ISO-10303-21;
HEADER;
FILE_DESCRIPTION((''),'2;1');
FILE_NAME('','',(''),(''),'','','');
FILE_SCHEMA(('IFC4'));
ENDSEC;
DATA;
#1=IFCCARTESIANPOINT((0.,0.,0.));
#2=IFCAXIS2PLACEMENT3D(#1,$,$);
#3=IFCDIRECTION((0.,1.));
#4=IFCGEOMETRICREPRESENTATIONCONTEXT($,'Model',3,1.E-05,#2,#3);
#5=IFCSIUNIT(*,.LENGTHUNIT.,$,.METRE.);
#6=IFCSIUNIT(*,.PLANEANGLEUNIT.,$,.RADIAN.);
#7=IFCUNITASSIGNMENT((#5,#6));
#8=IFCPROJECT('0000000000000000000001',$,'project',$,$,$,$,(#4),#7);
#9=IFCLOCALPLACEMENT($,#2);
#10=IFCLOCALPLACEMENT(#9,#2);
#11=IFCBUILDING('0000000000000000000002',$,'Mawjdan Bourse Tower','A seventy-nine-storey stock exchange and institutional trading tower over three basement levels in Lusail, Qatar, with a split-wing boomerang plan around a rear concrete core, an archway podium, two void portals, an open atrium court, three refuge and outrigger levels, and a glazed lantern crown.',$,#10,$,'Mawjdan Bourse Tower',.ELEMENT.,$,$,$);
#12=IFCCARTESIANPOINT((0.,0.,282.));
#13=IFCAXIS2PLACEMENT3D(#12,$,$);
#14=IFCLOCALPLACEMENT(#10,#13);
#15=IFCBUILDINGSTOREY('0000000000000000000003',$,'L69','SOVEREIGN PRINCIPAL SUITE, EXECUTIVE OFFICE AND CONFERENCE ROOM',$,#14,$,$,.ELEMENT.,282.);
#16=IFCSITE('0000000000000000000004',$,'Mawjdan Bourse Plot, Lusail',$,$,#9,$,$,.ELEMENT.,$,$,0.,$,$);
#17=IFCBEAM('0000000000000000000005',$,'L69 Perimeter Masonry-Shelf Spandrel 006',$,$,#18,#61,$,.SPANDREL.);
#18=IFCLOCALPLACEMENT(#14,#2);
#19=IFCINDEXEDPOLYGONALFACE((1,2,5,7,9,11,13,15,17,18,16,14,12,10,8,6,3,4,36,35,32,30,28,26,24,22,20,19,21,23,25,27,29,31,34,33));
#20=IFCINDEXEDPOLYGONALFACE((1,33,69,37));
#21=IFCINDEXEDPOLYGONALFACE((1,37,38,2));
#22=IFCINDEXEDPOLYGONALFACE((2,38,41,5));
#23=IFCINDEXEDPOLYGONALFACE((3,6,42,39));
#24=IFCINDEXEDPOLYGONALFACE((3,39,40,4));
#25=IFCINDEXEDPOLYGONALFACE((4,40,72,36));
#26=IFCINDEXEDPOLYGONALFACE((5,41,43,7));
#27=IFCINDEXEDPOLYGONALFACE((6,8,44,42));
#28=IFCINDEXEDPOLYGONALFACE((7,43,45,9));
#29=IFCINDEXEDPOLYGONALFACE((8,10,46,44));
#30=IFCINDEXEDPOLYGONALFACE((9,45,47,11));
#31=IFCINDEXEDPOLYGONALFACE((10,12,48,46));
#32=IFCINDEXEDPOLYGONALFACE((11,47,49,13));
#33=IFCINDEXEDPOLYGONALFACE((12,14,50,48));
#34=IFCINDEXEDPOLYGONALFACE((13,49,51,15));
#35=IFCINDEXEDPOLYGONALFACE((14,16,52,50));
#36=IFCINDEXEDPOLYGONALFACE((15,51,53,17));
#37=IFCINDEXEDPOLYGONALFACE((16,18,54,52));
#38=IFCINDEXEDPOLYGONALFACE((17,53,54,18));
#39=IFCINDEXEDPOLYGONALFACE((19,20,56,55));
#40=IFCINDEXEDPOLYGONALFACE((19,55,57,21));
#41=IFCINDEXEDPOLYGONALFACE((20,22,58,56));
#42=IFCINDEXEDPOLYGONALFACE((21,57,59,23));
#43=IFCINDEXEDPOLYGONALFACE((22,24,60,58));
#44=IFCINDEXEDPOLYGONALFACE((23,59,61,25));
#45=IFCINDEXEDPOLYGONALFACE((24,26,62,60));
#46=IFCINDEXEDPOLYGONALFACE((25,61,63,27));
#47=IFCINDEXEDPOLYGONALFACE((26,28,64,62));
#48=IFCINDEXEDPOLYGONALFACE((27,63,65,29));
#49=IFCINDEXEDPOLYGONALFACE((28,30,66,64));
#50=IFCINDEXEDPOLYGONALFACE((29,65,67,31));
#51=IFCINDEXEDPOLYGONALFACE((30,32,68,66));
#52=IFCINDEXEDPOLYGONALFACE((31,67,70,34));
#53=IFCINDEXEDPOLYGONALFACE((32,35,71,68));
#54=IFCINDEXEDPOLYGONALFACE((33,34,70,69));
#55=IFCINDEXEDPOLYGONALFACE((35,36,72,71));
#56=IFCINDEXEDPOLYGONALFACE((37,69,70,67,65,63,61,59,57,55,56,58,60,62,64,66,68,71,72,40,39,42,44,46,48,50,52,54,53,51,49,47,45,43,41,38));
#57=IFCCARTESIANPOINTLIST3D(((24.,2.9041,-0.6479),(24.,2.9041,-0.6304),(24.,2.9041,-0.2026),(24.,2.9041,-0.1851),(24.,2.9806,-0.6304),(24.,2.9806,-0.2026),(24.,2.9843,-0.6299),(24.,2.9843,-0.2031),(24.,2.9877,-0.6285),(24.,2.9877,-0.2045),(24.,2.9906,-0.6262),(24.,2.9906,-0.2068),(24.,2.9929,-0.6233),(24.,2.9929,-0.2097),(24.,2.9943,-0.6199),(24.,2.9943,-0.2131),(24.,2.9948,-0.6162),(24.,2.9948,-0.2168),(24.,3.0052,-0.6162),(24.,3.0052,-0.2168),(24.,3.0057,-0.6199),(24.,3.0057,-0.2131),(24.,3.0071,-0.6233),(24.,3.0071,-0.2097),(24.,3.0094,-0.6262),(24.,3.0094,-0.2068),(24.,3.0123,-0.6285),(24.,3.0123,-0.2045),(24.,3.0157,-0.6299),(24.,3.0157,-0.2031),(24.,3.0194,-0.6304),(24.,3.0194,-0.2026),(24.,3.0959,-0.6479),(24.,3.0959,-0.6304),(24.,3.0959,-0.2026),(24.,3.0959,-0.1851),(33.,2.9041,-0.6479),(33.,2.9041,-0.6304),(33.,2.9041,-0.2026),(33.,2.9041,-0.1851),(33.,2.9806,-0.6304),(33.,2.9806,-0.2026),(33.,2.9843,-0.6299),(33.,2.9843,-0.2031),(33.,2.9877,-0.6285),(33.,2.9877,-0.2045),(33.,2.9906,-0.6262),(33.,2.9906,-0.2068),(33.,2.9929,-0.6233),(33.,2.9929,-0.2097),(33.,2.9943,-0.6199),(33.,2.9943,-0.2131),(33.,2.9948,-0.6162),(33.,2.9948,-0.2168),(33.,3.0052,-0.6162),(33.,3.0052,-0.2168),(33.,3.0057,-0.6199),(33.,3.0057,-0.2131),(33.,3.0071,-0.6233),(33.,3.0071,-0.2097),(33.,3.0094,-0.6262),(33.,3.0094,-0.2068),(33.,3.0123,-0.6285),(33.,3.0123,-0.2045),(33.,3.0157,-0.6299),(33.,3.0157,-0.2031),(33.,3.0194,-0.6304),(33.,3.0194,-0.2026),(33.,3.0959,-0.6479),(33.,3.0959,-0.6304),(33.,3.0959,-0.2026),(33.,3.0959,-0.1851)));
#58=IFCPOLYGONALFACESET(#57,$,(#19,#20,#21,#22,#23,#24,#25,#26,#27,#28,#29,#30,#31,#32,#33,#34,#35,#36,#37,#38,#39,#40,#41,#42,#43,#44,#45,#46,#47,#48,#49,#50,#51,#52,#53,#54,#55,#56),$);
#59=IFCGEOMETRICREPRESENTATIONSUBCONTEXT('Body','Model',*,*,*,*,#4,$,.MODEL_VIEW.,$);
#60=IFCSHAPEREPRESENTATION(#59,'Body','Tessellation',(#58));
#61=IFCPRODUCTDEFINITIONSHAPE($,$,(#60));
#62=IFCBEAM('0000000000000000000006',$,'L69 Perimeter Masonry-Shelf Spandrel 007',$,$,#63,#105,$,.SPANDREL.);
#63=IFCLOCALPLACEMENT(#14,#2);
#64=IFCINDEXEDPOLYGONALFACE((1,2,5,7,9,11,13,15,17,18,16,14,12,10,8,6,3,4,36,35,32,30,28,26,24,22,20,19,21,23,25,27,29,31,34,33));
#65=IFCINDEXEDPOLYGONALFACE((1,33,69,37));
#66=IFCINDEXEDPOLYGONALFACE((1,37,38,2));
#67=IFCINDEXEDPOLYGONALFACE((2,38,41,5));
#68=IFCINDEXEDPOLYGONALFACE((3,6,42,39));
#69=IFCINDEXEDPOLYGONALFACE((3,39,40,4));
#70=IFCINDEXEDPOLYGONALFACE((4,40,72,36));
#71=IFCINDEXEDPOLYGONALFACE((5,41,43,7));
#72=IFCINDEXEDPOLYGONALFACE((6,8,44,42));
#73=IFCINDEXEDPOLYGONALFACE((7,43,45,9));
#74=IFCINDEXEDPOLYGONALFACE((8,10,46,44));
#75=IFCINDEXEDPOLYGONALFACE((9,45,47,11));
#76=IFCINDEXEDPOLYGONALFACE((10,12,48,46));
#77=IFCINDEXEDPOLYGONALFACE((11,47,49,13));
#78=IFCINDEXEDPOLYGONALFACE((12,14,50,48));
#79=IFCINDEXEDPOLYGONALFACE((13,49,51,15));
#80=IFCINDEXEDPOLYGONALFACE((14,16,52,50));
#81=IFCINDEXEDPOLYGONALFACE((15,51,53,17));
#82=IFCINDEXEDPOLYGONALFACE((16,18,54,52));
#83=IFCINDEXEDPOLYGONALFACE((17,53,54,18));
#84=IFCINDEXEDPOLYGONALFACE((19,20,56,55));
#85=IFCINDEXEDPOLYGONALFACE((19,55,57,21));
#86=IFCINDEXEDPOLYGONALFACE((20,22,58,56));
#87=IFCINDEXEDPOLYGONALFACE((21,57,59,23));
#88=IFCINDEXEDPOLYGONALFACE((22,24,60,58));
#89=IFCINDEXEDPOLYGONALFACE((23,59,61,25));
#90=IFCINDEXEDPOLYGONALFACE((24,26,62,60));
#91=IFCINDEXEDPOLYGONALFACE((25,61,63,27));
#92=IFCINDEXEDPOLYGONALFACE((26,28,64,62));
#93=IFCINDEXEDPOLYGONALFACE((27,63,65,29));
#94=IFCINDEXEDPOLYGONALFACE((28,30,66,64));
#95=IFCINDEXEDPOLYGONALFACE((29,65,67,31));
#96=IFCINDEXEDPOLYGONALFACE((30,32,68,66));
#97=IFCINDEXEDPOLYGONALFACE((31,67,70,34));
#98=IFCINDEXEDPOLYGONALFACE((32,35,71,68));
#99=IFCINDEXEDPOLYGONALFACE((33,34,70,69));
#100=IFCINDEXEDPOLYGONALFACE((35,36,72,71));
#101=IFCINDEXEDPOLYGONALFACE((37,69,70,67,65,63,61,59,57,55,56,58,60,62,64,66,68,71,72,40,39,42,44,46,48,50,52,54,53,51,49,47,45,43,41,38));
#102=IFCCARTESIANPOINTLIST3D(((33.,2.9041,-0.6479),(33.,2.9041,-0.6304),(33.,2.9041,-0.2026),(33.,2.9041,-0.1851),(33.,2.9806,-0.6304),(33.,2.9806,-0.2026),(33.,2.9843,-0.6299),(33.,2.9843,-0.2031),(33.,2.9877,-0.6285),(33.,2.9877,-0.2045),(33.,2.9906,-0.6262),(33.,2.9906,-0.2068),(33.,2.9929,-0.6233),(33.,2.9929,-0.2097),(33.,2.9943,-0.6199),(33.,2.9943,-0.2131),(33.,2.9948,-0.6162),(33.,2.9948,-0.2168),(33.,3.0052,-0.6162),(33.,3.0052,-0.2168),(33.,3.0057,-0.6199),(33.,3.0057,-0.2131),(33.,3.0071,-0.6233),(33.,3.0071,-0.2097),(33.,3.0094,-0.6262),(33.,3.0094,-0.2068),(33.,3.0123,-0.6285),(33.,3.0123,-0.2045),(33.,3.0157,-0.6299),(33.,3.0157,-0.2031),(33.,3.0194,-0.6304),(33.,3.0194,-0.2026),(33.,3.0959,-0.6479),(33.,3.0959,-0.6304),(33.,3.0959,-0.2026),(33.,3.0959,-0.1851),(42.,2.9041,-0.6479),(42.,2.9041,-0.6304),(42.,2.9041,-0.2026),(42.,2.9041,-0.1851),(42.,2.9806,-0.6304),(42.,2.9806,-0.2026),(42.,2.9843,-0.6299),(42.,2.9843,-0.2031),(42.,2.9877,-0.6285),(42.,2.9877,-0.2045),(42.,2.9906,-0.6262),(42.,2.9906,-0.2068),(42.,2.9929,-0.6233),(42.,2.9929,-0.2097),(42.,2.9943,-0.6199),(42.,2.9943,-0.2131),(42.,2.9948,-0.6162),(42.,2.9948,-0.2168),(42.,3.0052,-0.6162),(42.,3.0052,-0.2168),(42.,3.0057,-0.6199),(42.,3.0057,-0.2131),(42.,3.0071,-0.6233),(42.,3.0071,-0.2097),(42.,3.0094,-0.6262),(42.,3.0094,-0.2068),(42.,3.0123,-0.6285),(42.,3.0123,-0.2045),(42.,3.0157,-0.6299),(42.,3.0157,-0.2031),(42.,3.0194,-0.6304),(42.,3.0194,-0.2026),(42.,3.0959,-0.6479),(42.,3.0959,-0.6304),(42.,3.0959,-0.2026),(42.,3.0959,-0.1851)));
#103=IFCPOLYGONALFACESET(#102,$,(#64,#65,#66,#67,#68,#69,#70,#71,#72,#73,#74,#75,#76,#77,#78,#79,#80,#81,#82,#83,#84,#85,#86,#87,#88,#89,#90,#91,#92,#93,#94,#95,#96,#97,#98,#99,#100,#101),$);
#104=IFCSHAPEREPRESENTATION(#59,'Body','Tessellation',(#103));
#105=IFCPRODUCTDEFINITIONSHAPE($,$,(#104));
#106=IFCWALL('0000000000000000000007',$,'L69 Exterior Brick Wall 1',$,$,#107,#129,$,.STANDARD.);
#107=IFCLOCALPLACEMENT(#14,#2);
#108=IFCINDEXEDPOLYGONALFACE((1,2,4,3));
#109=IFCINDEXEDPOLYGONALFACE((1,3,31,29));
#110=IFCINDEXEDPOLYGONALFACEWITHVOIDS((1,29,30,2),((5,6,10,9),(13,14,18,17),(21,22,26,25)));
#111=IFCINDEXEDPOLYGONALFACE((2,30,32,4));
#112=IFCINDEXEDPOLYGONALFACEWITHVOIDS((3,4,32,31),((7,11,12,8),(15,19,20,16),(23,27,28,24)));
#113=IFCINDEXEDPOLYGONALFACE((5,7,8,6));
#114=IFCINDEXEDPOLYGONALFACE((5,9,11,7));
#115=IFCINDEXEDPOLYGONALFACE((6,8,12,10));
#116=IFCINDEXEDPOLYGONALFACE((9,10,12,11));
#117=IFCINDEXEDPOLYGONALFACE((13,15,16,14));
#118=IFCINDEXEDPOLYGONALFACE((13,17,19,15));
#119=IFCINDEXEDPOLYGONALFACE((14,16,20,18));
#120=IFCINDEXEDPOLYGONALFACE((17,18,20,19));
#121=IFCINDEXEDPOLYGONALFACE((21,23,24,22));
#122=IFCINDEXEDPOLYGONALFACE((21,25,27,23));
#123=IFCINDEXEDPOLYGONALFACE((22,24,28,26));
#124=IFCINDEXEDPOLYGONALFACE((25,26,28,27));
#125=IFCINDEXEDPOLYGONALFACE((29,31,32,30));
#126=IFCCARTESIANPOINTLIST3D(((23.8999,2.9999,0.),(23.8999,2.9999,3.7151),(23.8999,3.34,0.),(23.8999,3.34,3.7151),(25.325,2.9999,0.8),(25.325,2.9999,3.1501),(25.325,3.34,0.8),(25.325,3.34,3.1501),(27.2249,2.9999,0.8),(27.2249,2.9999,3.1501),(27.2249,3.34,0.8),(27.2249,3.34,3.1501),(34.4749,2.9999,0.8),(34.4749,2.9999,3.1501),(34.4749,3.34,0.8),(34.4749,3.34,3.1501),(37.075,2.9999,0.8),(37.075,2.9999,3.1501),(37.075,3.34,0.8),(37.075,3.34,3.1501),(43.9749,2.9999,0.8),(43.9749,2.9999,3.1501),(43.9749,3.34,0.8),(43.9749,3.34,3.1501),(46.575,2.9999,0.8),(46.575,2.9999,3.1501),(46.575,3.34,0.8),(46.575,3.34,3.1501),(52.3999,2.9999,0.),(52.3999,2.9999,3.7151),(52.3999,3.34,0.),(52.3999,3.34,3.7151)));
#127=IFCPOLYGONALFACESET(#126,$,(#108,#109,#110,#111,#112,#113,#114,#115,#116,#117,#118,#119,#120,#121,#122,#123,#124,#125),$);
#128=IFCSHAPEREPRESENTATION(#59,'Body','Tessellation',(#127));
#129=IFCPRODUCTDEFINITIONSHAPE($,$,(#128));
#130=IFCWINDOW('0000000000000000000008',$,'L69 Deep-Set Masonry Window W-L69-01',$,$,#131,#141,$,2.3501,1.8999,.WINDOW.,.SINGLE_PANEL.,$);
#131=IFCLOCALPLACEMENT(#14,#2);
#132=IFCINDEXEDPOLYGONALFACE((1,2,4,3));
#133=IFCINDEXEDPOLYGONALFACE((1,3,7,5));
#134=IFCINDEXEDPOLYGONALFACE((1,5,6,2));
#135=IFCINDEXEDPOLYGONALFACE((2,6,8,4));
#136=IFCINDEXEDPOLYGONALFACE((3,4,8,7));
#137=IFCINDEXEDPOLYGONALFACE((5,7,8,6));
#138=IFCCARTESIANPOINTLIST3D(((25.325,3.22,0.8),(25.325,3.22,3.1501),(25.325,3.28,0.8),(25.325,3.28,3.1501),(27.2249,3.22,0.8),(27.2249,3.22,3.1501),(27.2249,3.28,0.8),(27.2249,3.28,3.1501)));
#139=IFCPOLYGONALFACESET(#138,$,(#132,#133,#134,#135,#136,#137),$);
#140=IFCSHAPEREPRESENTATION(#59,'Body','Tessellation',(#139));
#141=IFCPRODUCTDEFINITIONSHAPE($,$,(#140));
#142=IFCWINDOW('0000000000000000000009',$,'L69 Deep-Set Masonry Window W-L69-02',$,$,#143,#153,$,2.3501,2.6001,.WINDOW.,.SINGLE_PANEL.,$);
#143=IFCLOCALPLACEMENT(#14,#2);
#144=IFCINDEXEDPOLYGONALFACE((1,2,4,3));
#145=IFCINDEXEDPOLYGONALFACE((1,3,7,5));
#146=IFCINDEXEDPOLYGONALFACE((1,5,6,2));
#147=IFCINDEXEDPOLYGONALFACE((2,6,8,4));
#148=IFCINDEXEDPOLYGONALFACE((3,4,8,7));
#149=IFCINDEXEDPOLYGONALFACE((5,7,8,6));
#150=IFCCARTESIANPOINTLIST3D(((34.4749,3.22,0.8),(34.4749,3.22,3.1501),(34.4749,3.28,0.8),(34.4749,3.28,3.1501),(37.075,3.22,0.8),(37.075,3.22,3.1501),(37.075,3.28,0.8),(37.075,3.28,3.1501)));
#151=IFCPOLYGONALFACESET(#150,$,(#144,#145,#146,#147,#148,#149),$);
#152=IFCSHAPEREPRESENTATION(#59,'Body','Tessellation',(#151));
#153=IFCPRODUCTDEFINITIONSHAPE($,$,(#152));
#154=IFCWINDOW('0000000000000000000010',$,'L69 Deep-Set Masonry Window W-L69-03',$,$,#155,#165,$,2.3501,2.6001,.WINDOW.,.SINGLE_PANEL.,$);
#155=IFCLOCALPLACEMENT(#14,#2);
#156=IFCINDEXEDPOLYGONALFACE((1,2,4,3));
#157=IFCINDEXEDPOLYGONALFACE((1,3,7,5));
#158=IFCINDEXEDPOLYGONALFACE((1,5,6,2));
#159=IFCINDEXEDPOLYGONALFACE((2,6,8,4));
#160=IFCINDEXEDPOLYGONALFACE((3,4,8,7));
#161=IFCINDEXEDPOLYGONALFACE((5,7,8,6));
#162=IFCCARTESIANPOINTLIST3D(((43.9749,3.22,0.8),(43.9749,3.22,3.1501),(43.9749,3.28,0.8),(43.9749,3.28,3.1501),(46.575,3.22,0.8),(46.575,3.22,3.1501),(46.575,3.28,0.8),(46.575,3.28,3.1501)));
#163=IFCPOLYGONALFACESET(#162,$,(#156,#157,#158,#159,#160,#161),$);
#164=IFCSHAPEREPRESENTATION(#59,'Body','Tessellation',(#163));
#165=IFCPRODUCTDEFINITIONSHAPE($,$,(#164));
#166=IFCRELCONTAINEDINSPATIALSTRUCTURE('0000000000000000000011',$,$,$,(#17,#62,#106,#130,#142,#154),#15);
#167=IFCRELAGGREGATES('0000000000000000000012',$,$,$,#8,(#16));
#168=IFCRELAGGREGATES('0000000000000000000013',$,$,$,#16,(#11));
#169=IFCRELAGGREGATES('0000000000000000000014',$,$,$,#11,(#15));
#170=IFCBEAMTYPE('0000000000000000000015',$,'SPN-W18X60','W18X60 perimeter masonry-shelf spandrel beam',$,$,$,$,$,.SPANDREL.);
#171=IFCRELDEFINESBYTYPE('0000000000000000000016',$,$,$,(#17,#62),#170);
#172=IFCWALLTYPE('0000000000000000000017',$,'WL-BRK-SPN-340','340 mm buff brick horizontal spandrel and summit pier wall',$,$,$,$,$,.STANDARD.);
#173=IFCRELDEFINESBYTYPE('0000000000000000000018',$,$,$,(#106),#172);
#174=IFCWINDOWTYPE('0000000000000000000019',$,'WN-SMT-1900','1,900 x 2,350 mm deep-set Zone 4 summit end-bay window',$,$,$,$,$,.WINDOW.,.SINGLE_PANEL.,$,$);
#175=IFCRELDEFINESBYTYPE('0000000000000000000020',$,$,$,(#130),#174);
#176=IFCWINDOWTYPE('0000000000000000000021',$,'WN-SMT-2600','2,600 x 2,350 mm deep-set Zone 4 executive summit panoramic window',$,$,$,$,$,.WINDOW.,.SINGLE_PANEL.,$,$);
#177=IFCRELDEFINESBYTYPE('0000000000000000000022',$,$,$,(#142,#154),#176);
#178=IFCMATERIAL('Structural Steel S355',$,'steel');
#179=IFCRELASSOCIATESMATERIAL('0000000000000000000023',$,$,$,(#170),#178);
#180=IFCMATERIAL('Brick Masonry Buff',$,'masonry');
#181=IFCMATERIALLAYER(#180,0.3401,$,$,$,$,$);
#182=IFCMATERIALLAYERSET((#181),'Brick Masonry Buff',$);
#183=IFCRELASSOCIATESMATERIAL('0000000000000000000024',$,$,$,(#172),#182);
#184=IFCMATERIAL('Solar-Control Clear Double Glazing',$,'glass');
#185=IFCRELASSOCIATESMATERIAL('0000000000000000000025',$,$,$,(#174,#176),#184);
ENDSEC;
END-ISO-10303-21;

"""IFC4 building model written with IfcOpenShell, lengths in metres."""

from ifc_helpers import new_model, si_unit, direction, frame, frame_2d, origin, origin_2d, place, context, subcontext, project, spatial, rectangle, i_section, extrude, material, layer, layer_set, material_profile, profile_set, type_object, element, fill, save


model = new_model("IFC4")

# Units and contexts
model_context = context("Model", 3, precision=1e-05, world=origin(), true_north=direction((0.0, 1.0)))
body_context = subcontext(model_context, "Body", "Model", "MODEL_VIEW")
ifc_project = project(units=[si_unit("LENGTHUNIT", "METRE"), si_unit("PLANEANGLEUNIT", "RADIAN")], contexts=[model_context])

# Site, building, storey
site_placement = place(None, origin())
site = spatial("IfcSite", under=ifc_project, at=site_placement, Name="Mawjdan Bourse Plot, Lusail", CompositionType="ELEMENT", RefElevation=0.0)
building_placement = place(site_placement, origin())
building = spatial("IfcBuilding", under=site, at=building_placement, Name="Mawjdan Bourse Tower", Description="A seventy-nine-storey stock exchange and institutional trading tower over three basement levels in Lusail, Qatar, with a split-wing boomerang plan around a rear concrete core, an archway podium, two void portals, an open atrium court, three refuge and outrigger levels, and a glazed lantern crown.", LongName="Mawjdan Bourse Tower", CompositionType="ELEMENT")
storey_placement = place(building_placement, frame((0.0, 0.0, 282.0)))
storey = spatial("IfcBuildingStorey", under=building, at=storey_placement, Name="L69", Description="SOVEREIGN PRINCIPAL SUITE, EXECUTIVE OFFICE AND CONFERENCE ROOM", CompositionType="ELEMENT", Elevation=282.0)

# Beams
ifc_material_1 = material(Name="Structural Steel S355", Category="steel")
ifc_material_profile_1 = material_profile(ifc_material_1, i_section(OverallWidth=0.1919, OverallDepth=0.4629, WebThickness=0.0105, FlangeThickness=0.0176, FilletRadius=0.0142, at=origin_2d()), Name="W18X60")
ifc_profile_set_1 = profile_set([ifc_material_profile_1], Name="Structural Steel S355")
beam_type_1 = type_object("IfcBeamType", Name="SPN-W18X60", Description="W18X60 perimeter masonry-shelf spandrel beam", PredefinedType="SPANDREL", material=ifc_profile_set_1)
for number, where, z_axis, x_axis, name in (
    (1, (24.0, 3.0, -0.4165), (1.0, 0.0, 0.0), (0.0, 1.0, 0.0), "L69 Perimeter Masonry-Shelf Spandrel 006"),
    (2, (33.0, 3.0, -0.4165), (1.0, 0.0, 0.0), (0.0, 1.0, 0.0), "L69 Perimeter Masonry-Shelf Spandrel 007"),
):
    element("IfcBeam", number, at=place(storey_placement, frame(where, z_axis=z_axis, x_axis=x_axis)), inside=storey, type_object=beam_type_1, Name=name, PredefinedType="SPANDREL", context=body_context, shape_type="SweptSolid", body=[
        extrude(i_section(OverallWidth=0.1919, OverallDepth=0.4629, WebThickness=0.0105, FlangeThickness=0.0176, FilletRadius=0.0142, at=origin_2d()), origin(), (0.0, 0.0, 1.0), 9.0),
    ])

# Wall, openings, windows
ifc_material_2 = material(Name="Brick Masonry Buff", Category="masonry")
ifc_layer_1 = layer(ifc_material_2, 0.3401)
ifc_layer_set_1 = layer_set([ifc_layer_1], Name="Brick Masonry Buff")
wall_type_1 = type_object("IfcWallType", Name="WL-BRK-SPN-340", Description="340 mm buff brick horizontal spandrel and summit pier wall", PredefinedType="STANDARD", material=ifc_layer_set_1)
wall_1_placement = place(storey_placement, frame((23.8999, 3.1699, 0.0), z_axis=(0.0, 0.0, 1.0), x_axis=(1.0, 0.0, 0.0)))
wall_1 = element("IfcWall", 3, at=wall_1_placement, inside=storey, type_object=wall_type_1, Name="L69 Exterior Brick Wall 1", PredefinedType="STANDARD", context=body_context, shape_type="SweptSolid", body=[
    extrude(rectangle(XDim=28.5, YDim=0.3401, at=frame_2d((14.25, 0.0))), origin(), (0.0, 0.0, 1.0), 3.7151),
])
opening_1_placement = place(wall_1_placement, frame((1.425, 0.0, 0.8)))
opening_1 = element("IfcOpeningElement", 4, at=opening_1_placement, cuts=wall_1, PredefinedType="OPENING", context=body_context, shape_type="SweptSolid", body=[
    extrude(rectangle(XDim=1.8999, YDim=2.3501, at=frame_2d((0.95, 1.175))), frame((0.0, 0.1802, 0.0), z_axis=(0.0, -1.0, 0.0), x_axis=(1.0, 0.0, 0.0)), (0.0, 0.0, 1.0), 0.3601),
])
opening_2_placement = place(wall_1_placement, frame((10.575, 0.0, 0.8)))
opening_2 = element("IfcOpeningElement", 5, at=opening_2_placement, cuts=wall_1, PredefinedType="OPENING", context=body_context, shape_type="SweptSolid", body=[
    extrude(rectangle(XDim=2.6001, YDim=2.3501, at=frame_2d((1.3, 1.175))), frame((0.0, 0.1802, 0.0), z_axis=(0.0, -1.0, 0.0), x_axis=(1.0, 0.0, 0.0)), (0.0, 0.0, 1.0), 0.3601),
])
opening_3_placement = place(wall_1_placement, frame((20.075, 0.0, 0.8)))
opening_3 = element("IfcOpeningElement", 6, at=opening_3_placement, cuts=wall_1, PredefinedType="OPENING", context=body_context, shape_type="SweptSolid", body=[
    extrude(rectangle(XDim=2.6001, YDim=2.3501, at=frame_2d((1.3, 1.175))), frame((0.0, 0.1802, 0.0), z_axis=(0.0, -1.0, 0.0), x_axis=(1.0, 0.0, 0.0)), (0.0, 0.0, 1.0), 0.3601),
])
ifc_material_3 = material(Name="Solar-Control Clear Double Glazing", Category="glass")
window_type_1 = type_object("IfcWindowType", Name="WN-SMT-1900", Description="1,900 x 2,350 mm deep-set Zone 4 summit end-bay window", PartitioningType="SINGLE_PANEL", PredefinedType="WINDOW", material=ifc_material_3)
window_1_placement = place(opening_1_placement, origin())
window_1 = element("IfcWindow", 7, at=window_1_placement, inside=storey, type_object=window_type_1, Name="L69 Deep-Set Masonry Window W-L69-01", OverallHeight=2.3501, OverallWidth=1.8999, PartitioningType="SINGLE_PANEL", PredefinedType="WINDOW", context=body_context, shape_type="SweptSolid", body=[
    extrude(rectangle(XDim=1.8999, YDim=2.3501, at=frame_2d((0.95, 1.175))), frame((0.0, 0.1101, 0.0), z_axis=(0.0, -1.0, 0.0), x_axis=(1.0, 0.0, 0.0)), (0.0, 0.0, 1.0), 0.0601),
])
fill(opening_1, window_1)
window_type_2 = type_object("IfcWindowType", Name="WN-SMT-2600", Description="2,600 x 2,350 mm deep-set Zone 4 executive summit panoramic window", PartitioningType="SINGLE_PANEL", PredefinedType="WINDOW", material=ifc_material_3)
window_2_placement = place(opening_2_placement, origin())
window_2 = element("IfcWindow", 8, at=window_2_placement, inside=storey, type_object=window_type_2, Name="L69 Deep-Set Masonry Window W-L69-02", OverallHeight=2.3501, OverallWidth=2.6001, PartitioningType="SINGLE_PANEL", PredefinedType="WINDOW", context=body_context, shape_type="SweptSolid", body=[
    extrude(rectangle(XDim=2.6001, YDim=2.3501, at=frame_2d((1.3, 1.175))), frame((0.0, 0.1101, 0.0), z_axis=(0.0, -1.0, 0.0), x_axis=(1.0, 0.0, 0.0)), (0.0, 0.0, 1.0), 0.0601),
])
fill(opening_2, window_2)
window_3_placement = place(opening_3_placement, origin())
window_3 = element("IfcWindow", 9, at=window_3_placement, inside=storey, type_object=window_type_2, Name="L69 Deep-Set Masonry Window W-L69-03", OverallHeight=2.3501, OverallWidth=2.6001, PartitioningType="SINGLE_PANEL", PredefinedType="WINDOW", context=body_context, shape_type="SweptSolid", body=[
    extrude(rectangle(XDim=2.6001, YDim=2.3501, at=frame_2d((1.3, 1.175))), frame((0.0, 0.1101, 0.0), z_axis=(0.0, -1.0, 0.0), x_axis=(1.0, 0.0, 0.0)), (0.0, 0.0, 1.0), 0.0601),
])
fill(opening_3, window_3)

save(model, "model.ifc")
